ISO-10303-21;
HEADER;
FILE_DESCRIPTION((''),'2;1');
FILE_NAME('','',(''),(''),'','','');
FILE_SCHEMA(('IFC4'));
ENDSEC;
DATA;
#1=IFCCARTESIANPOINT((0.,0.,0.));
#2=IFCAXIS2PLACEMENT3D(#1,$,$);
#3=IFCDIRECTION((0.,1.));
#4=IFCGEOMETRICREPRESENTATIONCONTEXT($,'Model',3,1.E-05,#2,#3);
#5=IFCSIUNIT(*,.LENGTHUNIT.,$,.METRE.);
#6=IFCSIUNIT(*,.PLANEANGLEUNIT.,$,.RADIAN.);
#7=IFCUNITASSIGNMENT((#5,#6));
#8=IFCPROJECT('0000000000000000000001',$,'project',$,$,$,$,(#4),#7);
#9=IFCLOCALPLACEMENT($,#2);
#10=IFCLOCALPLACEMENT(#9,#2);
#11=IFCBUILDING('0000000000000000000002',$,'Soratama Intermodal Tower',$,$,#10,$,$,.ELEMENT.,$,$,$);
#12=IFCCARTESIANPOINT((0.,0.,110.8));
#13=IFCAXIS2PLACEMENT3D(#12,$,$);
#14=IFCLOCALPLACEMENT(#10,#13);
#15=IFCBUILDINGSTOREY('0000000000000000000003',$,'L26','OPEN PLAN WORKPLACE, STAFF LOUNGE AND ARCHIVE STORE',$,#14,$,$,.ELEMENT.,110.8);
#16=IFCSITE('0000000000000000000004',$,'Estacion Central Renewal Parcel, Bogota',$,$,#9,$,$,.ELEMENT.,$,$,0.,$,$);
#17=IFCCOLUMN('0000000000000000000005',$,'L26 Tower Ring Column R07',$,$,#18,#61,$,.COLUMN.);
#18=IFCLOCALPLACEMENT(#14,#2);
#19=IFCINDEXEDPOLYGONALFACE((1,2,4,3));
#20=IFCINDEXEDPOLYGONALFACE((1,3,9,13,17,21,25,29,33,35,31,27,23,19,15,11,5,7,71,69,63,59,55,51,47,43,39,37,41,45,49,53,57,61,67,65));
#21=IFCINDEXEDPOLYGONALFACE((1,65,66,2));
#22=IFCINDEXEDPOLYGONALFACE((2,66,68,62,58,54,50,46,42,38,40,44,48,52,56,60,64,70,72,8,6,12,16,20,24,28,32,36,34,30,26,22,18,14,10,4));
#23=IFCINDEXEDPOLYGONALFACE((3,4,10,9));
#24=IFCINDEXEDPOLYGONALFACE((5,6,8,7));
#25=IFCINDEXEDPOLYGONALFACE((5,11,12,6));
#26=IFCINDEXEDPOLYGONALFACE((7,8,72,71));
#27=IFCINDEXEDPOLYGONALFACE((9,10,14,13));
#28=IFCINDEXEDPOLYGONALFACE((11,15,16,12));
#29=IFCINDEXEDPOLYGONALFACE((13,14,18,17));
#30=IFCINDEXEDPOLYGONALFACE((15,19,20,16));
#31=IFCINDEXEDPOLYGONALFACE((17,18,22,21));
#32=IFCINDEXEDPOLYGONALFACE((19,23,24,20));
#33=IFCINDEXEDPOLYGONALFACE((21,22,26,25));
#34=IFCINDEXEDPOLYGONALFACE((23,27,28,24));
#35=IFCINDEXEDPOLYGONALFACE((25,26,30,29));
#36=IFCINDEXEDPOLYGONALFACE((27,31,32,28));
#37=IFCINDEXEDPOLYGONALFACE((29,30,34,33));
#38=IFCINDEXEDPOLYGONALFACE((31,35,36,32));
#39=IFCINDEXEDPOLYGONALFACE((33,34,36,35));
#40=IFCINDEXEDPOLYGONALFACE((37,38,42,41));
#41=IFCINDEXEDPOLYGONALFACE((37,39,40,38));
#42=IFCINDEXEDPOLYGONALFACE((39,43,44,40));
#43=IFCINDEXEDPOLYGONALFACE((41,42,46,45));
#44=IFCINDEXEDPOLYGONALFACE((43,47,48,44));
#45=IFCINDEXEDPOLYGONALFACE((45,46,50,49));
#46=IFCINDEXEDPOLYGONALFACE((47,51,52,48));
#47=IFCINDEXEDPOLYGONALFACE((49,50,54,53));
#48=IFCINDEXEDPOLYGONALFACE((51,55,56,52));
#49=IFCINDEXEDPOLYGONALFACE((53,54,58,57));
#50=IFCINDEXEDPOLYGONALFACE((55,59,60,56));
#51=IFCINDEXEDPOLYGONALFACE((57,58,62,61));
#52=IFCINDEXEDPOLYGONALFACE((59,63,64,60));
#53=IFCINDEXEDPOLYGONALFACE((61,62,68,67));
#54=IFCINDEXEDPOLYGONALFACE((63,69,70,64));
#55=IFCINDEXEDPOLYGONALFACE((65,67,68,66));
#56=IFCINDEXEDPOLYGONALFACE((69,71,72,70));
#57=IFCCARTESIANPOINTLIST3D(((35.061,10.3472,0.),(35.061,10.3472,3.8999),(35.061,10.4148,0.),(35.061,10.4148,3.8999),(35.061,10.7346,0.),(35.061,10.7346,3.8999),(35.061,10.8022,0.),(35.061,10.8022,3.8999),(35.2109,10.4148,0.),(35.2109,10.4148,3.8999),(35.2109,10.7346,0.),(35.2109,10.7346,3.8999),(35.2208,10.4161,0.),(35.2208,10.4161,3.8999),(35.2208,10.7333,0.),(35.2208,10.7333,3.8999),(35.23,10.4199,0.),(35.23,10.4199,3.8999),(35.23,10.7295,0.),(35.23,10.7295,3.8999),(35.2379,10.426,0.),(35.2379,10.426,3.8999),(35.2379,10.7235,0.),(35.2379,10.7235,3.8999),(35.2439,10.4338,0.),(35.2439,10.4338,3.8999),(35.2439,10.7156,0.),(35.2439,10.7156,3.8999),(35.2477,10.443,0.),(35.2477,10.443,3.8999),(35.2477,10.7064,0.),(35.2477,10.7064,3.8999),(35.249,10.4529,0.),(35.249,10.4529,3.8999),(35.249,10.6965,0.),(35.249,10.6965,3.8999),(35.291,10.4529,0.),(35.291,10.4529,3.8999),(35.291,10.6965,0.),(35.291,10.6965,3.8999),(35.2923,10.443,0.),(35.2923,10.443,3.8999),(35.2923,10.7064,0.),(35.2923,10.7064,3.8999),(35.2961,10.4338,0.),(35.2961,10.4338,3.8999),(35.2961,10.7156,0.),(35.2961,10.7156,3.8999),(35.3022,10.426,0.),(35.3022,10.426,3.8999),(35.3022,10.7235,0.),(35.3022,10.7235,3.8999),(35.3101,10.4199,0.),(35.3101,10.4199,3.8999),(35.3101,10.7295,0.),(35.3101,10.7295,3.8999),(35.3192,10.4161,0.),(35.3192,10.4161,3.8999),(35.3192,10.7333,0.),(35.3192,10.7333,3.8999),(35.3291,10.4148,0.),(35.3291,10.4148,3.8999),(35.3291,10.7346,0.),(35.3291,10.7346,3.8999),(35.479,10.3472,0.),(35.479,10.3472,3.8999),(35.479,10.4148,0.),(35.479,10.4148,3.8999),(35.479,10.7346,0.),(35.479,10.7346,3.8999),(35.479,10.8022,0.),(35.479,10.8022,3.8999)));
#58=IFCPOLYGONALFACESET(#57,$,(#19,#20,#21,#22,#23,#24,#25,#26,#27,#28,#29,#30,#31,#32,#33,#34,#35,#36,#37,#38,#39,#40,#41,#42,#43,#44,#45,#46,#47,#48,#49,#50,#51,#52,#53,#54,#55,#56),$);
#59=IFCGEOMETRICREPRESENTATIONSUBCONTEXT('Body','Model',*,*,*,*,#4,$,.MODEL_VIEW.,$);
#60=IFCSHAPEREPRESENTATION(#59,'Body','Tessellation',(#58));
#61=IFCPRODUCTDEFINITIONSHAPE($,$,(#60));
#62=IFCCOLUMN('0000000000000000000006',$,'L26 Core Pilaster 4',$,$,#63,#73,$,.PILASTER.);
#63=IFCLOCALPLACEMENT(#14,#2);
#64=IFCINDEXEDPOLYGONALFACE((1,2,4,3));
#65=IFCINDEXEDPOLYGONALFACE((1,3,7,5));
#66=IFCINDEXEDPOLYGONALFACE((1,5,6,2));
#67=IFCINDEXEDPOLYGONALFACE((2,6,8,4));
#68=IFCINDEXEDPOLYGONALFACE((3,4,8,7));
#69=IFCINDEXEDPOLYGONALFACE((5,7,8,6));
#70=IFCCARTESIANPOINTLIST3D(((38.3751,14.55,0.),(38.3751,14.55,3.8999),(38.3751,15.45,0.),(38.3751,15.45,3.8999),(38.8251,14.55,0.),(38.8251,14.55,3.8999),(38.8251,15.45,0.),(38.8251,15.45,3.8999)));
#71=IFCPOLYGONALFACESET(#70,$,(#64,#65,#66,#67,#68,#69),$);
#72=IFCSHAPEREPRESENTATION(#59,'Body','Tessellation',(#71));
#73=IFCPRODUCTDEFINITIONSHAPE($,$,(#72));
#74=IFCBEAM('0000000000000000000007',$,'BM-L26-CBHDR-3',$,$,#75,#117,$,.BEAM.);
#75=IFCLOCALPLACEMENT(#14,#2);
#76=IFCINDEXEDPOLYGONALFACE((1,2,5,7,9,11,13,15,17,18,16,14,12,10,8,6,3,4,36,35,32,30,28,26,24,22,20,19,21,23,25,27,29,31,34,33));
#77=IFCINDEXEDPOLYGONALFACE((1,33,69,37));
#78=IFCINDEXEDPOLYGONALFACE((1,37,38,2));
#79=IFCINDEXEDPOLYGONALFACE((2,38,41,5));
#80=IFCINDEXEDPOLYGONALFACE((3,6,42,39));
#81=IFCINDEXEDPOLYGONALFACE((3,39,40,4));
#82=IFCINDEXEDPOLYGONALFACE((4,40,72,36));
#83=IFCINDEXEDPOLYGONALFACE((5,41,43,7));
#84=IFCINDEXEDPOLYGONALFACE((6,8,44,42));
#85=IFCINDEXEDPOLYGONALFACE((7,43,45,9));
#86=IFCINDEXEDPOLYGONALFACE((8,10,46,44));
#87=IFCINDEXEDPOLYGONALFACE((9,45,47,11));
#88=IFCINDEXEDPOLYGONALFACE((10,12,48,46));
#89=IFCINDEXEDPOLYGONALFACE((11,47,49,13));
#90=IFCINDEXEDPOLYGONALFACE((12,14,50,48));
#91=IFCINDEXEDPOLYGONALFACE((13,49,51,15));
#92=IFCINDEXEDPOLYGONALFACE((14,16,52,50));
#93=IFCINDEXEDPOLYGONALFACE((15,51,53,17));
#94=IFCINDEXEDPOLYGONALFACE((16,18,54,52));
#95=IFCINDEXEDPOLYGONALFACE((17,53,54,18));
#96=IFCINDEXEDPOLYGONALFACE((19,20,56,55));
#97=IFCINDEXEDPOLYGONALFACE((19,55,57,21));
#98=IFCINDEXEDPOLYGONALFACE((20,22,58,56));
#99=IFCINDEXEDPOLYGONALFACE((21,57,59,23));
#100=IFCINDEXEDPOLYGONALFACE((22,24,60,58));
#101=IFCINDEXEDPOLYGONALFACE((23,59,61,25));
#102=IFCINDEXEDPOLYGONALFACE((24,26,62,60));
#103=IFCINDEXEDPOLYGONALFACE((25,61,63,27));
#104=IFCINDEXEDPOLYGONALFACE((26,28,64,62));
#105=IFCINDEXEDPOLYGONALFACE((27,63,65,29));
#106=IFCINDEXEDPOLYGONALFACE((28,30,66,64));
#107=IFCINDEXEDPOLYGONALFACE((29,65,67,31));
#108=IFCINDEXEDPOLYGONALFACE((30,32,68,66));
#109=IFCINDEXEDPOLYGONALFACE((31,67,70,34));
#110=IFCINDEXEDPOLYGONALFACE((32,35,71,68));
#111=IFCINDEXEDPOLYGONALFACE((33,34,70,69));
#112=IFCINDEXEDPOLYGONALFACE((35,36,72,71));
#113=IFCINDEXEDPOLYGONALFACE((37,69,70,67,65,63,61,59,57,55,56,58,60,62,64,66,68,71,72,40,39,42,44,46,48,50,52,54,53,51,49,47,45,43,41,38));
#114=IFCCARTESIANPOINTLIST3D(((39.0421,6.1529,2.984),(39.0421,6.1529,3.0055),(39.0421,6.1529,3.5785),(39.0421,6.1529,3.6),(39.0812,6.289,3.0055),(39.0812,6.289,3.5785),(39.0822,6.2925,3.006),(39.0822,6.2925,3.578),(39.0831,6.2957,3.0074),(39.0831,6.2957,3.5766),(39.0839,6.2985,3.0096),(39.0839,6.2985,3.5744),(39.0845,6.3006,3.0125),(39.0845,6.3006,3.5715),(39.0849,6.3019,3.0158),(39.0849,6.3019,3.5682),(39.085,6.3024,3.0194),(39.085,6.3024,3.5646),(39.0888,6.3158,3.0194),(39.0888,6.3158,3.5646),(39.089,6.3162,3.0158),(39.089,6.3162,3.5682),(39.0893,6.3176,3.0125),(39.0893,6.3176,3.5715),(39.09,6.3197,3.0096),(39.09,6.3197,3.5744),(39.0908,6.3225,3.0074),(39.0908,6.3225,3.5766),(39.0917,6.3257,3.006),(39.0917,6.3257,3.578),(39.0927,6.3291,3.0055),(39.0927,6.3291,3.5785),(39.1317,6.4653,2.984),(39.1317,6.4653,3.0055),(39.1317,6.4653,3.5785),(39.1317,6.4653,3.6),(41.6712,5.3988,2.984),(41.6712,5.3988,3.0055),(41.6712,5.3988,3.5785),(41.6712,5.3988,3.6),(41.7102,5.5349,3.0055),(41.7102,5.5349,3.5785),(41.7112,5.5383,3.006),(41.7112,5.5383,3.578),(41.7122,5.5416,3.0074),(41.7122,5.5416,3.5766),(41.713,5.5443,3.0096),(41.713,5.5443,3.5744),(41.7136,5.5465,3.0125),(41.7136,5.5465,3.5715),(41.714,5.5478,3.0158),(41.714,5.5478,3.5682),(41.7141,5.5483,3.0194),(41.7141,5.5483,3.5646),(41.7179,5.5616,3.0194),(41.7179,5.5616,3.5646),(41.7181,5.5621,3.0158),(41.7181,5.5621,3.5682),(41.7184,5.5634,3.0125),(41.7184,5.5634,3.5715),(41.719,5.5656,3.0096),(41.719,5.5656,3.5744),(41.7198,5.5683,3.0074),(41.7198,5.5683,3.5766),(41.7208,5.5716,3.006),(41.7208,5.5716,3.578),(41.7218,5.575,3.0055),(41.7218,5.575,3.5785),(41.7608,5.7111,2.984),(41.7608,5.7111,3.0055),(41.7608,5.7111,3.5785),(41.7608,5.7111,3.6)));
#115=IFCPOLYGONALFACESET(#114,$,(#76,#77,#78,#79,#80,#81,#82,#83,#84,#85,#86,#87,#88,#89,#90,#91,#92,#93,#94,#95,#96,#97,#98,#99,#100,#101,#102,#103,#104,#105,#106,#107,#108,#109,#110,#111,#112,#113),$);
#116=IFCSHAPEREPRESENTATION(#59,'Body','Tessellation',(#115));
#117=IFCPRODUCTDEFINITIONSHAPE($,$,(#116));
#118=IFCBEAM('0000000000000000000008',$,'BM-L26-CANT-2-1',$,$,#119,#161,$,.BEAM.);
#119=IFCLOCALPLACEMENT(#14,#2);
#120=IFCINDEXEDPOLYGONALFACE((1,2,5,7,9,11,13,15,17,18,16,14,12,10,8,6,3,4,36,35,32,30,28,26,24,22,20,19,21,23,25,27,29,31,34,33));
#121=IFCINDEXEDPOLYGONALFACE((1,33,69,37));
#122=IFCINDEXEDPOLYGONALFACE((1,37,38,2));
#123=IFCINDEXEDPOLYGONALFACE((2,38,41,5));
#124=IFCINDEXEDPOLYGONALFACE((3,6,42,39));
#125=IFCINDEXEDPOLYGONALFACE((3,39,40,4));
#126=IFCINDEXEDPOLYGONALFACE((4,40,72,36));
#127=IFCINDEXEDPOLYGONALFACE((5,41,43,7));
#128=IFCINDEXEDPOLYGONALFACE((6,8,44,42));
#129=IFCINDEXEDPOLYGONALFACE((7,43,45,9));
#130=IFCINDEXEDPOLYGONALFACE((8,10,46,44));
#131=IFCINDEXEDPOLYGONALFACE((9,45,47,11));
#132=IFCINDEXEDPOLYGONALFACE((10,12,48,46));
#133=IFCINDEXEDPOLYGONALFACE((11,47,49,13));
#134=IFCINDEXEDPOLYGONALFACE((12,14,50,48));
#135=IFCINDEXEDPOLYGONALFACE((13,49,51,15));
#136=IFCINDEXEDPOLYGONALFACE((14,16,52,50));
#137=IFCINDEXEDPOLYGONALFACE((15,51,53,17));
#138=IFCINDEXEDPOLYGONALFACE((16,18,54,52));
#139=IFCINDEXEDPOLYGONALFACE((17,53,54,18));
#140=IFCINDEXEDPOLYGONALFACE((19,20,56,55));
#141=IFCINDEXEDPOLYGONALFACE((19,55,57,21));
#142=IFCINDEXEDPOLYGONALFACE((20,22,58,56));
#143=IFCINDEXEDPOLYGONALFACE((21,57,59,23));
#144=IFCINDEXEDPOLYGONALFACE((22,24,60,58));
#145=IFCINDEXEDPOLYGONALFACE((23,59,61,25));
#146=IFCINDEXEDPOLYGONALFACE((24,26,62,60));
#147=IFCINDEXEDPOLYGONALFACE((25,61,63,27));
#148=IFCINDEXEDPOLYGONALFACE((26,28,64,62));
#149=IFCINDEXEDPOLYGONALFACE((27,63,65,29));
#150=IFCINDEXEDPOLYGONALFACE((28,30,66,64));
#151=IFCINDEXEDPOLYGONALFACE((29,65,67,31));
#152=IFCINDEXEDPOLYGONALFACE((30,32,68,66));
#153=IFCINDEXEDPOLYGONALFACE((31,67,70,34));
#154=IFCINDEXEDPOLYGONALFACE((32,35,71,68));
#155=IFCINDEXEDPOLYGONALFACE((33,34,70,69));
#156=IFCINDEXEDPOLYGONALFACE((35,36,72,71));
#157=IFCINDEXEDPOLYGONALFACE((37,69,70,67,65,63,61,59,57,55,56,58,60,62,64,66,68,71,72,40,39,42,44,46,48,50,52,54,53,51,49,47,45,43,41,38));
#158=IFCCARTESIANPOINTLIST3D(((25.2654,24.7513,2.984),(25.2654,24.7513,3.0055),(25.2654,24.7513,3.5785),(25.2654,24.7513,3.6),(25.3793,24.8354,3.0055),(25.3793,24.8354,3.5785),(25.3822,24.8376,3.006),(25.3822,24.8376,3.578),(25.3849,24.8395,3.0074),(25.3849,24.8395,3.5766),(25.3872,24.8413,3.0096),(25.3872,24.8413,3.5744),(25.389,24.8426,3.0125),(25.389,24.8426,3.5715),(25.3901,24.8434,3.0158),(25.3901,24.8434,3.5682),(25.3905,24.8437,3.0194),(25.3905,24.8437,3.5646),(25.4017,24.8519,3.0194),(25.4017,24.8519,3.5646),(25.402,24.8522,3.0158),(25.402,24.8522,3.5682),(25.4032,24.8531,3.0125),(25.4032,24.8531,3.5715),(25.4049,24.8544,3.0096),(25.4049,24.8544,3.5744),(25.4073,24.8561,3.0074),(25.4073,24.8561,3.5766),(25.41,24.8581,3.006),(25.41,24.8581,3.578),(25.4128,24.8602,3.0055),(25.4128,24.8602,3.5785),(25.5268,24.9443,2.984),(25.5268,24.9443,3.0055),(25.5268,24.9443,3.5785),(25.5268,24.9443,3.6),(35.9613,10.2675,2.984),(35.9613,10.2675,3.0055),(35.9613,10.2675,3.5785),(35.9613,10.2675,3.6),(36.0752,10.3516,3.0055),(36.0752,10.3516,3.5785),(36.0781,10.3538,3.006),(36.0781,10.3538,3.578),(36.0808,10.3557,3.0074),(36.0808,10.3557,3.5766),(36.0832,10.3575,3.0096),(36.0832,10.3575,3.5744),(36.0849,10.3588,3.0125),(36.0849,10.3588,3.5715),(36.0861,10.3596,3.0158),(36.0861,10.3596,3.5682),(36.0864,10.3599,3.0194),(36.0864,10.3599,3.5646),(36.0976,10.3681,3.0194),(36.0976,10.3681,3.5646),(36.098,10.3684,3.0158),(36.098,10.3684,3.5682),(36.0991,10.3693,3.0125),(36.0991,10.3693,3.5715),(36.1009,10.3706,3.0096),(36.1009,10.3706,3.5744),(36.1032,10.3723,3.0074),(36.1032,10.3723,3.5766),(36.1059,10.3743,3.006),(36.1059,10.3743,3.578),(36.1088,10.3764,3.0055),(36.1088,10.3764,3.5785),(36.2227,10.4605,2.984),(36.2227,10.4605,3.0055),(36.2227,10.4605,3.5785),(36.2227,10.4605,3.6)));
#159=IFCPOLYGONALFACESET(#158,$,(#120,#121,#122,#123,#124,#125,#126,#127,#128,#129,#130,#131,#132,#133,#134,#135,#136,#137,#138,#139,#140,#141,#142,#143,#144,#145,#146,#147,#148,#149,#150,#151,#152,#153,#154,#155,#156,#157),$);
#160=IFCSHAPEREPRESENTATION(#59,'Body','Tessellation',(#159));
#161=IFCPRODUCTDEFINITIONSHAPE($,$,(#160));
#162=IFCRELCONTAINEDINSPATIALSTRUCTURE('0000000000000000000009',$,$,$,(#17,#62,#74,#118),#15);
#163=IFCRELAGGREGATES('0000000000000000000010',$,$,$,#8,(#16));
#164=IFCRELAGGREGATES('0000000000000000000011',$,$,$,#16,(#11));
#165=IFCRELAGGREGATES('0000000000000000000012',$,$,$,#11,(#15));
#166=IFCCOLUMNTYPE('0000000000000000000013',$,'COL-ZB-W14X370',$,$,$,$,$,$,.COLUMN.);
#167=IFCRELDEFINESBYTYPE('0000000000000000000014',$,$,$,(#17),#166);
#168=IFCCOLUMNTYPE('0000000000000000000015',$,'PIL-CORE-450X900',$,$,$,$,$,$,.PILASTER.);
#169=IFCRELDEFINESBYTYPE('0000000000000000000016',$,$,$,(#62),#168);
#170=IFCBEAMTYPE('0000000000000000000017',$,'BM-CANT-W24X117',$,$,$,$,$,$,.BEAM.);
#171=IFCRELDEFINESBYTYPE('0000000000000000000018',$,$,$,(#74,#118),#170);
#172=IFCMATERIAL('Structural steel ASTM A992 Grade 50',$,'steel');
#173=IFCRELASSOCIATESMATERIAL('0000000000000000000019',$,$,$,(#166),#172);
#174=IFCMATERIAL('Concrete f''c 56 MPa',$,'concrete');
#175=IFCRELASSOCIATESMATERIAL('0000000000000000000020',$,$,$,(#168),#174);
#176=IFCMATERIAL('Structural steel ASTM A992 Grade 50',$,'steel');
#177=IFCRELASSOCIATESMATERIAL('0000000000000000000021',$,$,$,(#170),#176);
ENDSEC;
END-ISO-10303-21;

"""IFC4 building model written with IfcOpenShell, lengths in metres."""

from ifc_helpers import new_model, si_unit, direction, frame, origin, origin_2d, place, context, subcontext, project, spatial, rectangle, i_section, extrude, material, material_profile, profile_set, type_object, element, save


model = new_model("IFC4")

# Units and contexts
model_context = context("Model", 3, precision=1e-05, world=origin(), true_north=direction((0.0, 1.0)))
body_context = subcontext(model_context, "Body", "Model", "MODEL_VIEW")
ifc_project = project(units=[si_unit("LENGTHUNIT", "METRE"), si_unit("PLANEANGLEUNIT", "RADIAN")], contexts=[model_context])

# Site, building, storey
site_placement = place(None, origin())
site = spatial("IfcSite", under=ifc_project, at=site_placement, Name="Estacion Central Renewal Parcel, Bogota", CompositionType="ELEMENT", RefElevation=0.0)
building_placement = place(site_placement, origin())
building = spatial("IfcBuilding", under=site, at=building_placement, Name="Soratama Intermodal Tower", CompositionType="ELEMENT")
storey_placement = place(building_placement, frame((0.0, 0.0, 110.8)))
storey = spatial("IfcBuildingStorey", under=building, at=storey_placement, Name="L26", Description="OPEN PLAN WORKPLACE, STAFF LOUNGE AND ARCHIVE STORE", CompositionType="ELEMENT", Elevation=110.8)

# Columns
ifc_material_1 = material(Name="Structural steel ASTM A992 Grade 50", Category="steel")
ifc_material_profile_1 = material_profile(ifc_material_1, i_section(OverallWidth=0.418, OverallDepth=0.4551, WebThickness=0.042, FlangeThickness=0.0676, FilletRadius=0.0381, at=origin_2d()), Name="W14X370")
ifc_profile_set_1 = profile_set([ifc_material_profile_1], Name="Structural steel ASTM A992 Grade 50")
column_type_1 = type_object("IfcColumnType", Name="COL-ZB-W14X370", PredefinedType="COLUMN", material=ifc_profile_set_1)
column_1_placement = place(storey_placement, frame((35.27, 10.5747, 0.0), z_axis=(0.0, 0.0, 1.0), x_axis=(1.0, 0.0, 0.0)))
element("IfcColumn", 1, at=column_1_placement, inside=storey, type_object=column_type_1, Name="L26 Tower Ring Column R07", PredefinedType="COLUMN", context=body_context, shape_type="SweptSolid", body=[
    extrude(i_section(OverallWidth=0.418, OverallDepth=0.4551, WebThickness=0.042, FlangeThickness=0.0676, FilletRadius=0.0381, at=origin_2d()), origin(), (0.0, 0.0, 1.0), 3.8999),
])
ifc_material_2 = material(Name="Concrete f'c 56 MPa", Category="concrete")
ifc_material_profile_2 = material_profile(ifc_material_2, rectangle(XDim=0.45, YDim=0.8999, at=origin_2d()), Name="RC450X900")
ifc_profile_set_2 = profile_set([ifc_material_profile_2], Name="Concrete f'c 56 MPa")
column_type_2 = type_object("IfcColumnType", Name="PIL-CORE-450X900", PredefinedType="PILASTER", material=ifc_profile_set_2)
column_2_placement = place(storey_placement, frame((38.6001, 15.0, 0.0), z_axis=(0.0, 0.0, 1.0), x_axis=(1.0, 0.0, 0.0)))
element("IfcColumn", 2, at=column_2_placement, inside=storey, type_object=column_type_2, Name="L26 Core Pilaster 4", PredefinedType="PILASTER", context=body_context, shape_type="SweptSolid", body=[
    extrude(rectangle(XDim=0.45, YDim=0.8999, at=origin_2d()), origin(), (0.0, 0.0, 1.0), 3.8999),
])

# Beams
ifc_material_3 = material(Name="Structural steel ASTM A992 Grade 50", Category="steel")
ifc_material_profile_3 = material_profile(ifc_material_3, i_section(OverallWidth=0.325, OverallDepth=0.616, WebThickness=0.0139, FlangeThickness=0.0215, FilletRadius=0.0139, at=origin_2d()), Name="W24X117")
ifc_profile_set_3 = profile_set([ifc_material_profile_3], Name="Structural steel ASTM A992 Grade 50")
beam_type_1 = type_object("IfcBeamType", Name="BM-CANT-W24X117", PredefinedType="BEAM", material=ifc_profile_set_3)
beam_1_placement = place(storey_placement, frame((39.0869, 6.3091, 3.292), z_axis=(0.961237, -0.275723, 0.0), x_axis=(0.275723, 0.961237, 0.0)))
element("IfcBeam", 3, at=beam_1_placement, inside=storey, type_object=beam_type_1, Name="BM-L26-CBHDR-3", PredefinedType="BEAM", context=body_context, shape_type="SweptSolid", body=[
    extrude(i_section(OverallWidth=0.325, OverallDepth=0.616, WebThickness=0.0139, FlangeThickness=0.0215, FilletRadius=0.0139, at=origin_2d()), origin(), (0.0, 0.0, 1.0), 2.7351),
])
beam_2_placement = place(storey_placement, frame((36.092, 10.364, 3.292), z_axis=(-0.594052, 0.804427, 0.0), x_axis=(-0.804427, -0.594052, 0.0)))
element("IfcBeam", 4, at=beam_2_placement, inside=storey, type_object=beam_type_1, Name="BM-L26-CANT-2-1", PredefinedType="BEAM", context=body_context, shape_type="SweptSolid", body=[
    extrude(i_section(OverallWidth=0.325, OverallDepth=0.616, WebThickness=0.0139, FlangeThickness=0.0215, FilletRadius=0.0139, at=origin_2d()), origin(), (0.0, 0.0, 1.0), 18.0051),
])

save(model, "model.ifc")
